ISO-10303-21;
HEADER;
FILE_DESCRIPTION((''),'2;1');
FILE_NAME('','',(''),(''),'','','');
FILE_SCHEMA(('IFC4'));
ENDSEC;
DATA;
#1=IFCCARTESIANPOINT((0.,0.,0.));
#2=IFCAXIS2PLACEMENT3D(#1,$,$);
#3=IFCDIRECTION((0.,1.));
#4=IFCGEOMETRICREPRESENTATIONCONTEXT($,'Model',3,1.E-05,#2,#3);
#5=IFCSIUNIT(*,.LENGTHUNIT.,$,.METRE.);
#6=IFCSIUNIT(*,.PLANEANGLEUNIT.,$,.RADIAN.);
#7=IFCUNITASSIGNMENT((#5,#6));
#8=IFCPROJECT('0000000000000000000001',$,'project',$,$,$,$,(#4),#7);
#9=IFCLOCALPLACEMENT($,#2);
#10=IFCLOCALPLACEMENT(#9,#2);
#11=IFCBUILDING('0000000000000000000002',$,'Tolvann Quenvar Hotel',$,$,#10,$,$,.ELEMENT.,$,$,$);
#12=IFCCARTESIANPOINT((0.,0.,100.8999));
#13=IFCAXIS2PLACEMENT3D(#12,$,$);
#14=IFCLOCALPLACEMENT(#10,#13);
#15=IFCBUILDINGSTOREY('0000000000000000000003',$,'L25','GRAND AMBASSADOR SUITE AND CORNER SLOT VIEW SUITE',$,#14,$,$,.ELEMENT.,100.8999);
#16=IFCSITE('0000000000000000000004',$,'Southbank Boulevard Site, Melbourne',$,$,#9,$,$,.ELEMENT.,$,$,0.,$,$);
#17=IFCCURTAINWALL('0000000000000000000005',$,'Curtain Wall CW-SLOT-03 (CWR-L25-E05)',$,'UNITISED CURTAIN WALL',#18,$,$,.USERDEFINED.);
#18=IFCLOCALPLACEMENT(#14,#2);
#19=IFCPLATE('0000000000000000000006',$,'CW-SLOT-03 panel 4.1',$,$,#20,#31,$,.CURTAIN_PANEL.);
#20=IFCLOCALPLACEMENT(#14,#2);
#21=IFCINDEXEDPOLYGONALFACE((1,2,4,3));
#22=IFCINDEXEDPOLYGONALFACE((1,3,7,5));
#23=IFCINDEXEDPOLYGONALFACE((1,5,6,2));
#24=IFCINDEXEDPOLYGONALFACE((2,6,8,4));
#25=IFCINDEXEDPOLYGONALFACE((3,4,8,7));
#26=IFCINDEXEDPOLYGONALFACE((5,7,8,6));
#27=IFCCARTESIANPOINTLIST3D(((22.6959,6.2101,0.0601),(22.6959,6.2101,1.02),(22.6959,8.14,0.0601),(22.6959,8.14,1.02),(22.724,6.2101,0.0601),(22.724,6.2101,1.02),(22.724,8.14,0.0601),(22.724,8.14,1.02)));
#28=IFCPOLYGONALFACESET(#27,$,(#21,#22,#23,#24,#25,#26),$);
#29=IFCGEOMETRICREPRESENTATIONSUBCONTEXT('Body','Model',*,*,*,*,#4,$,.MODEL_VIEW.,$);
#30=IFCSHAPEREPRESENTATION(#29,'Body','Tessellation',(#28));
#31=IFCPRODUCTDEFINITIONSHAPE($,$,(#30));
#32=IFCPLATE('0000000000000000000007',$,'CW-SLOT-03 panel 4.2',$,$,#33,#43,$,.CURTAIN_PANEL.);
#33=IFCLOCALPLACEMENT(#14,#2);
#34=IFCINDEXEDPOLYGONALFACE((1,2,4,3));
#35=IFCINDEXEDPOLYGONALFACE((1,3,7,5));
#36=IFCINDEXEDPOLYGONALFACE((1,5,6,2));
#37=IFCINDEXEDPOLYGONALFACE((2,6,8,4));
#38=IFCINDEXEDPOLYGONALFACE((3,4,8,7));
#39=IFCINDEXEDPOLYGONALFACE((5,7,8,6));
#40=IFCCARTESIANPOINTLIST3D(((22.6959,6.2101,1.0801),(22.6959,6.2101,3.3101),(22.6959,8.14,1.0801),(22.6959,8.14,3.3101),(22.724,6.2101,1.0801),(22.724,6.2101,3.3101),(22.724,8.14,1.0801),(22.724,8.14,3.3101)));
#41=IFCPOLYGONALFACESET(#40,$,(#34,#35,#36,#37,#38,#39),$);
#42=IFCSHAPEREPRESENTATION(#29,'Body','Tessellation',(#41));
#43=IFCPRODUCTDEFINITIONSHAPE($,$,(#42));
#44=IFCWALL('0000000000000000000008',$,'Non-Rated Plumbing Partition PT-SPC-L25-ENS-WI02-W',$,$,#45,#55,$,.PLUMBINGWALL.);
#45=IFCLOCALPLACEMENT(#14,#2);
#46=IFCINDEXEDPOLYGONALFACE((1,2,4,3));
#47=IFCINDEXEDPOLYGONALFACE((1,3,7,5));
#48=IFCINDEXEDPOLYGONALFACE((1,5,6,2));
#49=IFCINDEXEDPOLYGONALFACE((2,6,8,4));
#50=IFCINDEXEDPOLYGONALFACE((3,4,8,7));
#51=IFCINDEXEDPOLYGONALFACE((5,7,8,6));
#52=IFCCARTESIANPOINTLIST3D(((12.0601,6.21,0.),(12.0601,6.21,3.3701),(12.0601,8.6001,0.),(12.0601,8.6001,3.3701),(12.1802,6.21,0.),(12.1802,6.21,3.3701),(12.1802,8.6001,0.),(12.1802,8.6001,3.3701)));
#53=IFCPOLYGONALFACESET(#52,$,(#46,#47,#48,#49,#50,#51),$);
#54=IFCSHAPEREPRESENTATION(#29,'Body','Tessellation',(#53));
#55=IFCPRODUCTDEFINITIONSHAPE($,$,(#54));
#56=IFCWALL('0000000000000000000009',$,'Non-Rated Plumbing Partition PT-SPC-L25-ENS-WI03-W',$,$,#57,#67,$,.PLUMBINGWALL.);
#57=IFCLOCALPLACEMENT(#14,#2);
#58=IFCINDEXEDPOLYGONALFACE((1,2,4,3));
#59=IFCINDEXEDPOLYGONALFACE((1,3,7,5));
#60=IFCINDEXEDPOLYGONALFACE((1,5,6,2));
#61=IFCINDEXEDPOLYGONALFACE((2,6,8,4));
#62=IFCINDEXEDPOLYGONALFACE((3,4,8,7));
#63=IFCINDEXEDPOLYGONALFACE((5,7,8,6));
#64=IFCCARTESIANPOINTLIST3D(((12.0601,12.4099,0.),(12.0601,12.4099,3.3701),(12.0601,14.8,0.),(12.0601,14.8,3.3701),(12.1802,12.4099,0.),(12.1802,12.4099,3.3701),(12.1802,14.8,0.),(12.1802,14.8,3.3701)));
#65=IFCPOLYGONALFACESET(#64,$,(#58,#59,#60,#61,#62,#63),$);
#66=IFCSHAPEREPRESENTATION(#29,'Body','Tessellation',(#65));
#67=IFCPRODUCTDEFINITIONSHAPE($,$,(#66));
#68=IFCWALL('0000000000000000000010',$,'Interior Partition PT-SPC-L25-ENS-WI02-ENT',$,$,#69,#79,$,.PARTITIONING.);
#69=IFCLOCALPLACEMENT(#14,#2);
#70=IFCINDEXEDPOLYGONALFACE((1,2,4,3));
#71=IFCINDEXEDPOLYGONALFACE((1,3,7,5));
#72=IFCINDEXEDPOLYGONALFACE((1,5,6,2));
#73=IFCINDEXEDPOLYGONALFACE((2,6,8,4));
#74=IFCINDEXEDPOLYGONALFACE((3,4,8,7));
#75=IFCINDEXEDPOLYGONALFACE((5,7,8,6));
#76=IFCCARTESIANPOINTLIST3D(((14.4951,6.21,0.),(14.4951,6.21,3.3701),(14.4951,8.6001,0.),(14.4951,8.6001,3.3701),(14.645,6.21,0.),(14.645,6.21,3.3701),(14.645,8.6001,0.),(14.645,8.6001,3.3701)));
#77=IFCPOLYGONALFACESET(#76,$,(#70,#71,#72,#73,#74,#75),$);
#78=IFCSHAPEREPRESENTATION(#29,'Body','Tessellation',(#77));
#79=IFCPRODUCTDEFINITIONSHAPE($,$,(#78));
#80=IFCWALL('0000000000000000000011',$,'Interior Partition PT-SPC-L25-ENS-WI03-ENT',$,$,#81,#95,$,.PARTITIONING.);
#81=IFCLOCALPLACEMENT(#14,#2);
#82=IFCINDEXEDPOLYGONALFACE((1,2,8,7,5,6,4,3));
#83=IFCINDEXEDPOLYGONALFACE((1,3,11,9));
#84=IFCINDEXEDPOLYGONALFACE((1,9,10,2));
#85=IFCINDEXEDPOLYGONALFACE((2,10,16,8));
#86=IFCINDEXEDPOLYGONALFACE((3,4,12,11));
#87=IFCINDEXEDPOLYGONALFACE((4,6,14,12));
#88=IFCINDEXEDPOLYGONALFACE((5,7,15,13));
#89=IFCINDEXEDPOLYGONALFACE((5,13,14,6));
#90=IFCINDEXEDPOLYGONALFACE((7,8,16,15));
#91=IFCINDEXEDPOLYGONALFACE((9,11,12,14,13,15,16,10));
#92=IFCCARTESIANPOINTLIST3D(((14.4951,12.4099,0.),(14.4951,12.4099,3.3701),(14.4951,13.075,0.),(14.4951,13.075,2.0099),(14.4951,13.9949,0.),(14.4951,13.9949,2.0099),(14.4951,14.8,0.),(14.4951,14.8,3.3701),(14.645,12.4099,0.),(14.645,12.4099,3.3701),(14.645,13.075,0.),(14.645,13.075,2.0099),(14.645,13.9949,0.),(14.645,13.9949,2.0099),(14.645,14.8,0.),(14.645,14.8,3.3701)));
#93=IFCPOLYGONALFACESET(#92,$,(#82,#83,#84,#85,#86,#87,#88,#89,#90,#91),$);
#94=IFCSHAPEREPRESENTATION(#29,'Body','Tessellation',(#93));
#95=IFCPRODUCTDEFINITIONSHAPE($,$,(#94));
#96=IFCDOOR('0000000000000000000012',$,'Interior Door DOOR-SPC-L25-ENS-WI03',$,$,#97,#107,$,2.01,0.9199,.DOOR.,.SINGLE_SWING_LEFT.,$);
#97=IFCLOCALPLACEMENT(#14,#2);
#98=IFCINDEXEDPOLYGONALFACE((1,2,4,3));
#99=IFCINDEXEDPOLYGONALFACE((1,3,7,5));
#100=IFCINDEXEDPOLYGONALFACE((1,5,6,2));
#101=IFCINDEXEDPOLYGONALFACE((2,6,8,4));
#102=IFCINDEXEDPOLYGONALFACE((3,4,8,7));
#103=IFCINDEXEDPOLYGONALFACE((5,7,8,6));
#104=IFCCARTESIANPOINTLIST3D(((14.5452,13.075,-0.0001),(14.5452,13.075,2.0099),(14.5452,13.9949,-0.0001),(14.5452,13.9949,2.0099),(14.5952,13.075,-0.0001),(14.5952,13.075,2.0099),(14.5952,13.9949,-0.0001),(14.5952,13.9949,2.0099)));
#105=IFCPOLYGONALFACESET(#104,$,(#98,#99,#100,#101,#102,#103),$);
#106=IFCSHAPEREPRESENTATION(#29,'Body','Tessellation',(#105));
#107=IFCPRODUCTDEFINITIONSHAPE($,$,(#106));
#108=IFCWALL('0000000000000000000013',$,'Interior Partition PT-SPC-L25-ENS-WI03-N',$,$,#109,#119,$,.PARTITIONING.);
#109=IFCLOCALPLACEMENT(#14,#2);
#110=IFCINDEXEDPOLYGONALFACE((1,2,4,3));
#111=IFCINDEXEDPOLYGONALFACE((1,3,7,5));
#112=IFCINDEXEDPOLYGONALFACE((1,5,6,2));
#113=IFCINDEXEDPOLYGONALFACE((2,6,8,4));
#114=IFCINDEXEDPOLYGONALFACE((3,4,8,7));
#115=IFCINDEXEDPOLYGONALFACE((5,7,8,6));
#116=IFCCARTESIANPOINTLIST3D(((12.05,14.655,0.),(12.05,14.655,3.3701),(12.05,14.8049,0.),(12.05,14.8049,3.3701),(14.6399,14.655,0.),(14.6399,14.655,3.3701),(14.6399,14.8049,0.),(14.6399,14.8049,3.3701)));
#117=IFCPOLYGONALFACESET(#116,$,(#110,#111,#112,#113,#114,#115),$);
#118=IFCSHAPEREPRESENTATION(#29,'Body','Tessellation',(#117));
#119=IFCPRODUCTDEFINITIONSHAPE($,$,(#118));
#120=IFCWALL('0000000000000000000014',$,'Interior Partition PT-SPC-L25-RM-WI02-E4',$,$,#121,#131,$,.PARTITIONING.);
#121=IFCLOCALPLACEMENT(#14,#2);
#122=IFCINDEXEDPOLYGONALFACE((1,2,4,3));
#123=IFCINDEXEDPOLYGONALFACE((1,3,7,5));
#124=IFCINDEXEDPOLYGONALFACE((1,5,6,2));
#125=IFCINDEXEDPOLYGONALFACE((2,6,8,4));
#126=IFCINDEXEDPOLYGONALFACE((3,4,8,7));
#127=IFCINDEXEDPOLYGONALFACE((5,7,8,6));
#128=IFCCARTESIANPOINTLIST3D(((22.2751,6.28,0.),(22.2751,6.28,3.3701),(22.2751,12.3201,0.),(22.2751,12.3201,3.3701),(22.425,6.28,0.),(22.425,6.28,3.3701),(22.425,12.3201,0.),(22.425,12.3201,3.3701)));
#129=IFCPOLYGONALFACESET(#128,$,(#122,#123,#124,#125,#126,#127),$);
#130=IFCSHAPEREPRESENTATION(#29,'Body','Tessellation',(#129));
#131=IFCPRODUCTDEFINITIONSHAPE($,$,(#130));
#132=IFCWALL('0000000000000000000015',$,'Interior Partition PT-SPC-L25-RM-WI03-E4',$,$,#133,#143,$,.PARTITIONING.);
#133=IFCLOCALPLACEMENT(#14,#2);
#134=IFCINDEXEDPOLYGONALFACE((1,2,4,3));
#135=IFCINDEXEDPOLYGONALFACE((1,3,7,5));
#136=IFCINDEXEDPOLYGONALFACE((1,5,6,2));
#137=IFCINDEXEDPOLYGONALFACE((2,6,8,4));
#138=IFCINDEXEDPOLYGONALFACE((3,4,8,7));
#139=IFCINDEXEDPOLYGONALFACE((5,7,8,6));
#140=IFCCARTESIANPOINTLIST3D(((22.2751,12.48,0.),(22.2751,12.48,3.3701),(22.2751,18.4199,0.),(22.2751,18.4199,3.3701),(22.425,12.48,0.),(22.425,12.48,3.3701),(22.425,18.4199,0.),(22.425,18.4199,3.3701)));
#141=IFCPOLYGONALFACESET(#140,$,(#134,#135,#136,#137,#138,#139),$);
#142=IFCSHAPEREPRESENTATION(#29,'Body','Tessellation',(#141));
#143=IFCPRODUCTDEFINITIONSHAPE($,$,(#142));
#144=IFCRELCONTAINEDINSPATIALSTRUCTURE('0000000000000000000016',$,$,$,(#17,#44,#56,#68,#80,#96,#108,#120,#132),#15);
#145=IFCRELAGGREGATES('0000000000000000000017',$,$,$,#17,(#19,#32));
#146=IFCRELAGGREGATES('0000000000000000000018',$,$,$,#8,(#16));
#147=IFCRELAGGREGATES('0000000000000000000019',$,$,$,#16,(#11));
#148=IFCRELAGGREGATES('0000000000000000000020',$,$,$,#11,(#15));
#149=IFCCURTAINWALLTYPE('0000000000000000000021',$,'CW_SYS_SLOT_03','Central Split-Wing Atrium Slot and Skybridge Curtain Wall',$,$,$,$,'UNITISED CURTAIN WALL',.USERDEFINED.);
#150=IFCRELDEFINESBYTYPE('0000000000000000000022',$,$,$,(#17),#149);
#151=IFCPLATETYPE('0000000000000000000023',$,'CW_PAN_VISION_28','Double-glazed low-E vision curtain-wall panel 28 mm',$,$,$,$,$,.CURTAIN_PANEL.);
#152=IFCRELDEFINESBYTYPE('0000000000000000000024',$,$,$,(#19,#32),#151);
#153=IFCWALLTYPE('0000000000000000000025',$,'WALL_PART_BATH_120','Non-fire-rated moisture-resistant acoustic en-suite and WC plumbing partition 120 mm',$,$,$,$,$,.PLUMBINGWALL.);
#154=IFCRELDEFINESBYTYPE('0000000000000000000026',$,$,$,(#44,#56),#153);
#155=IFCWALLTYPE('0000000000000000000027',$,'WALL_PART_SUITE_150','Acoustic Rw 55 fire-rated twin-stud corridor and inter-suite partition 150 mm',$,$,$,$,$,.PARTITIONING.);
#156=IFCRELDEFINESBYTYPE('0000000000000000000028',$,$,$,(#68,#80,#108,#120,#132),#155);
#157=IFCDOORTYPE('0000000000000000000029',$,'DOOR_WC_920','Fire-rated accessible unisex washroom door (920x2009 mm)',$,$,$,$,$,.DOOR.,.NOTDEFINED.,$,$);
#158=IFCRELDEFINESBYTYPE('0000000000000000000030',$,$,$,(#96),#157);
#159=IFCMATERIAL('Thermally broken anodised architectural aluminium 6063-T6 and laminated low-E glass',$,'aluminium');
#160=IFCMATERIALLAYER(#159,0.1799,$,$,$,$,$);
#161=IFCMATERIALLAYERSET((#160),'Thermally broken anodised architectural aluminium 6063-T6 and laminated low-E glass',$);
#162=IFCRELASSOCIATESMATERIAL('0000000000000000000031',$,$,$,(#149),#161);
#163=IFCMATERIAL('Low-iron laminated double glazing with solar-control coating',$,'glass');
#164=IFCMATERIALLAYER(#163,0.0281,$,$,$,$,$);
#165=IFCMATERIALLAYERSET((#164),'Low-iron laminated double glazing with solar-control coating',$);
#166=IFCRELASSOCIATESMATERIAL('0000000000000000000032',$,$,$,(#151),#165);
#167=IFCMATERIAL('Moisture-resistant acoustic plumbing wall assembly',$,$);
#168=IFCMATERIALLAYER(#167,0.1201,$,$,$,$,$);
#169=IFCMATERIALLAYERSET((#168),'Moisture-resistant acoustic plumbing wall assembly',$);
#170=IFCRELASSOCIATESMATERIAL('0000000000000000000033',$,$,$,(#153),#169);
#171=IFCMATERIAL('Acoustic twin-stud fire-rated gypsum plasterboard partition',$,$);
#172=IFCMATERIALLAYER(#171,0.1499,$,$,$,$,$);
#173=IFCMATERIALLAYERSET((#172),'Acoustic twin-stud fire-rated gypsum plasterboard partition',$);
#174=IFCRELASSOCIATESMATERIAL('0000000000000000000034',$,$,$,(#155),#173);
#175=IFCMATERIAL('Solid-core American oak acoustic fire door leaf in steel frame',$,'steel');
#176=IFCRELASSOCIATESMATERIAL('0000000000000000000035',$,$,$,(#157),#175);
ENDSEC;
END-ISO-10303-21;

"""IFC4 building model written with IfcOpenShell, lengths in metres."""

from ifc_helpers import new_model, si_unit, direction, frame, frame_2d, origin, origin_2d, place, context, subcontext, project, spatial, rectangle, extrude, source, transform, mapped, material, layer, layer_set, type_object, type_shapes, element, fill, aggregate, save


model = new_model("IFC4")

# Units and contexts
model_context = context("Model", 3, precision=1e-05, world=origin(), true_north=direction((0.0, 1.0)))
body_context = subcontext(model_context, "Body", "Model", "MODEL_VIEW")
ifc_project = project(units=[si_unit("LENGTHUNIT", "METRE"), si_unit("PLANEANGLEUNIT", "RADIAN")], contexts=[model_context])

# Site, building, storey
site_placement = place(None, origin())
site = spatial("IfcSite", under=ifc_project, at=site_placement, Name="Southbank Boulevard Site, Melbourne", CompositionType="ELEMENT", RefElevation=0.0)
building_placement = place(site_placement, origin())
building = spatial("IfcBuilding", under=site, at=building_placement, Name="Tolvann Quenvar Hotel", CompositionType="ELEMENT")
storey_placement = place(building_placement, frame((0.0, 0.0, 100.8999)))
storey = spatial("IfcBuildingStorey", under=building, at=storey_placement, Name="L25", Description="GRAND AMBASSADOR SUITE AND CORNER SLOT VIEW SUITE", CompositionType="ELEMENT", Elevation=100.8999)

# Curtain wall, plates
ifc_material_1 = material(Name="Thermally broken anodised architectural aluminium 6063-T6 and laminated low-E glass", Category="aluminium")
ifc_layer_1 = layer(ifc_material_1, 0.1799)
ifc_layer_set_1 = layer_set([ifc_layer_1], Name="Thermally broken anodised architectural aluminium 6063-T6 and laminated low-E glass")
curtain_wall_type = type_object("IfcCurtainWallType", Name="CW_SYS_SLOT_03", Description="Central Split-Wing Atrium Slot and Skybridge Curtain Wall", ElementType="UNITISED CURTAIN WALL", PredefinedType="USERDEFINED", material=ifc_layer_set_1)
curtain_wall_placement = place(storey_placement, origin())
curtain_wall = element("IfcCurtainWall", 1, at=curtain_wall_placement, inside=storey, type_object=curtain_wall_type, Name="Curtain Wall CW-SLOT-03 (CWR-L25-E05)", ObjectType="UNITISED CURTAIN WALL", PredefinedType="USERDEFINED")
ifc_material_2 = material(Name="Low-iron laminated double glazing with solar-control coating", Category="glass")
ifc_layer_2 = layer(ifc_material_2, 0.0281)
ifc_layer_set_2 = layer_set([ifc_layer_2], Name="Low-iron laminated double glazing with solar-control coating")
plate_type = type_object("IfcPlateType", Name="CW_PAN_VISION_28", Description="Double-glazed low-E vision curtain-wall panel 28 mm", PredefinedType="CURTAIN_PANEL", material=ifc_layer_set_2)
shared_shape_1 = source(origin(), body_context, "Body", "SweptSolid", [
    extrude(rectangle(XDim=1.9299, YDim=0.0281, at=origin_2d()), origin(), (0.0, 0.0, 1.0), 0.96),
])
plate_1_placement = place(storey_placement, frame((22.71, 7.175, 0.0601), z_axis=(0.0, 0.0, 1.0), x_axis=(0.0, 1.0, 0.0)))
plate_1 = element("IfcPlate", 2, at=plate_1_placement, type_object=plate_type, Name="CW-SLOT-03 panel 4.1", PredefinedType="CURTAIN_PANEL", context=body_context, shape_type="MappedRepresentation", body=[
    mapped(shared_shape_1, transform((0.0, 0.0, 0.0), x_axis=(1.0, 0.0, 0.0), y_axis=(0.0, 1.0, 0.0), z_axis=(0.0, 0.0, 1.0), scale=1.0)),
])
shared_shape_2 = source(origin(), body_context, "Body", "SweptSolid", [
    extrude(rectangle(XDim=1.9299, YDim=0.0281, at=origin_2d()), origin(), (0.0, 0.0, 1.0), 2.23),
])
type_shapes(plate_type, [shared_shape_1, shared_shape_2])
plate_2_placement = place(storey_placement, frame((22.71, 7.175, 1.0801), z_axis=(0.0, 0.0, 1.0), x_axis=(0.0, 1.0, 0.0)))
plate_2 = element("IfcPlate", 3, at=plate_2_placement, type_object=plate_type, Name="CW-SLOT-03 panel 4.2", PredefinedType="CURTAIN_PANEL", context=body_context, shape_type="MappedRepresentation", body=[
    mapped(shared_shape_2, transform((0.0, 0.0, 0.0), x_axis=(1.0, 0.0, 0.0), y_axis=(0.0, 1.0, 0.0), z_axis=(0.0, 0.0, 1.0), scale=1.0)),
])
aggregate(curtain_wall, [plate_1, plate_2])

# Walls
ifc_material_3 = material(Name="Moisture-resistant acoustic plumbing wall assembly")
ifc_layer_3 = layer(ifc_material_3, 0.1201)
ifc_layer_set_3 = layer_set([ifc_layer_3], Name="Moisture-resistant acoustic plumbing wall assembly")
wall_type_1 = type_object("IfcWallType", Name="WALL_PART_BATH_120", Description="Non-fire-rated moisture-resistant acoustic en-suite and WC plumbing partition 120 mm", PredefinedType="PLUMBINGWALL", material=ifc_layer_set_3)
for number, where, z_axis, x_axis, name in (
    (4, (12.1201, 6.21, 0.0), (0.0, 0.0, 1.0), (0.0, 1.0, 0.0), "Non-Rated Plumbing Partition PT-SPC-L25-ENS-WI02-W"),
    (5, (12.1201, 12.4099, 0.0), (0.0, 0.0, 1.0), (0.0, 1.0, 0.0), "Non-Rated Plumbing Partition PT-SPC-L25-ENS-WI03-W"),
):
    element("IfcWall", number, at=place(storey_placement, frame(where, z_axis=z_axis, x_axis=x_axis)), inside=storey, type_object=wall_type_1, Name=name, PredefinedType="PLUMBINGWALL", context=body_context, shape_type="SweptSolid", body=[
        extrude(rectangle(XDim=2.3901, YDim=0.1201, at=frame_2d((1.1951, 0.0))), origin(), (0.0, 0.0, 1.0), 3.3701),
    ])
ifc_material_4 = material(Name="Acoustic twin-stud fire-rated gypsum plasterboard partition")
ifc_layer_4 = layer(ifc_material_4, 0.1499)
ifc_layer_set_4 = layer_set([ifc_layer_4], Name="Acoustic twin-stud fire-rated gypsum plasterboard partition")
wall_type_2 = type_object("IfcWallType", Name="WALL_PART_SUITE_150", Description="Acoustic Rw 55 fire-rated twin-stud corridor and inter-suite partition 150 mm", PredefinedType="PARTITIONING", material=ifc_layer_set_4)
wall_1_placement = place(storey_placement, frame((14.5701, 6.21, 0.0), z_axis=(0.0, 0.0, 1.0), x_axis=(0.0, 1.0, 0.0)))
element("IfcWall", 6, at=wall_1_placement, inside=storey, type_object=wall_type_2, Name="Interior Partition PT-SPC-L25-ENS-WI02-ENT", PredefinedType="PARTITIONING", context=body_context, shape_type="SweptSolid", body=[
    extrude(rectangle(XDim=2.3901, YDim=0.1499, at=frame_2d((1.1951, 0.0))), origin(), (0.0, 0.0, 1.0), 3.3701),
])

# Wall, opening, door
wall_2_placement = place(storey_placement, frame((14.5701, 12.4099, 0.0), z_axis=(0.0, 0.0, 1.0), x_axis=(0.0, 1.0, 0.0)))
wall_2 = element("IfcWall", 7, at=wall_2_placement, inside=storey, type_object=wall_type_2, Name="Interior Partition PT-SPC-L25-ENS-WI03-ENT", PredefinedType="PARTITIONING", context=body_context, shape_type="SweptSolid", body=[
    extrude(rectangle(XDim=2.3901, YDim=0.1499, at=frame_2d((1.1951, 0.0))), origin(), (0.0, 0.0, 1.0), 3.3701),
])
opening_1_placement = place(wall_2_placement, frame((0.665, 0.0, 0.0)))
opening_1 = element("IfcOpeningElement", 8, at=opening_1_placement, cuts=wall_2, PredefinedType="OPENING", context=body_context, shape_type="SweptSolid", body=[
    extrude(rectangle(XDim=0.9199, YDim=2.01, at=frame_2d((0.46, 1.0049))), frame((0.0, 0.085, 0.0), z_axis=(0.0, -1.0, 0.0), x_axis=(1.0, 0.0, 0.0)), (0.0, 0.0, 1.0), 0.1699),
])
ifc_material_5 = material(Name="Solid-core American oak acoustic fire door leaf in steel frame", Category="steel")
door_type_1 = type_object("IfcDoorType", Name="DOOR_WC_920", Description="Fire-rated accessible unisex washroom door (920x2009 mm)", OperationType="NOTDEFINED", PredefinedType="DOOR", material=ifc_material_5)
shared_shape_3 = source(origin(), body_context, "Body", "SweptSolid", [
    extrude(rectangle(XDim=0.9199, YDim=2.01, at=frame_2d((0.46, 1.0049))), frame((0.0, 0.0249, 0.0), z_axis=(0.0, -1.0, 0.0), x_axis=(1.0, 0.0, 0.0)), (0.0, 0.0, 1.0), 0.05),
])
type_shapes(door_type_1, [shared_shape_3])
door_1_placement = place(opening_1_placement, origin())
door_1 = element("IfcDoor", 9, at=door_1_placement, inside=storey, type_object=door_type_1, Name="Interior Door DOOR-SPC-L25-ENS-WI03", OperationType="SINGLE_SWING_LEFT", OverallHeight=2.01, OverallWidth=0.9199, PredefinedType="DOOR", context=body_context, shape_type="MappedRepresentation", body=[
    mapped(shared_shape_3, transform((0.0, 0.0, 0.0), x_axis=(1.0, 0.0, 0.0), y_axis=(0.0, 1.0, 0.0), z_axis=(0.0, 0.0, 1.0), scale=1.0)),
])
fill(opening_1, door_1)

# Wall
wall_3_placement = place(storey_placement, frame((12.05, 14.73, 0.0), z_axis=(0.0, 0.0, 1.0), x_axis=(1.0, 0.0, 0.0)))
element("IfcWall", 10, at=wall_3_placement, inside=storey, type_object=wall_type_2, Name="Interior Partition PT-SPC-L25-ENS-WI03-N", PredefinedType="PARTITIONING", context=body_context, shape_type="SweptSolid", body=[
    extrude(rectangle(XDim=2.5898, YDim=0.1499, at=frame_2d((1.2949, 0.0))), origin(), (0.0, 0.0, 1.0), 3.3701),
])

# Wall
wall_4_placement = place(storey_placement, frame((22.3501, 6.28, 0.0), z_axis=(0.0, 0.0, 1.0), x_axis=(0.0, 1.0, 0.0)))
element("IfcWall", 11, at=wall_4_placement, inside=storey, type_object=wall_type_2, Name="Interior Partition PT-SPC-L25-RM-WI02-E4", PredefinedType="PARTITIONING", context=body_context, shape_type="SweptSolid", body=[
    extrude(rectangle(XDim=6.04, YDim=0.1499, at=frame_2d((3.02, 0.0))), origin(), (0.0, 0.0, 1.0), 3.3701),
])

# Wall
wall_5_placement = place(storey_placement, frame((22.3501, 12.48, 0.0), z_axis=(0.0, 0.0, 1.0), x_axis=(0.0, 1.0, 0.0)))
element("IfcWall", 12, at=wall_5_placement, inside=storey, type_object=wall_type_2, Name="Interior Partition PT-SPC-L25-RM-WI03-E4", PredefinedType="PARTITIONING", context=body_context, shape_type="SweptSolid", body=[
    extrude(rectangle(XDim=5.9399, YDim=0.1499, at=frame_2d((2.97, 0.0))), origin(), (0.0, 0.0, 1.0), 3.3701),
])

save(model, "model.ifc")
